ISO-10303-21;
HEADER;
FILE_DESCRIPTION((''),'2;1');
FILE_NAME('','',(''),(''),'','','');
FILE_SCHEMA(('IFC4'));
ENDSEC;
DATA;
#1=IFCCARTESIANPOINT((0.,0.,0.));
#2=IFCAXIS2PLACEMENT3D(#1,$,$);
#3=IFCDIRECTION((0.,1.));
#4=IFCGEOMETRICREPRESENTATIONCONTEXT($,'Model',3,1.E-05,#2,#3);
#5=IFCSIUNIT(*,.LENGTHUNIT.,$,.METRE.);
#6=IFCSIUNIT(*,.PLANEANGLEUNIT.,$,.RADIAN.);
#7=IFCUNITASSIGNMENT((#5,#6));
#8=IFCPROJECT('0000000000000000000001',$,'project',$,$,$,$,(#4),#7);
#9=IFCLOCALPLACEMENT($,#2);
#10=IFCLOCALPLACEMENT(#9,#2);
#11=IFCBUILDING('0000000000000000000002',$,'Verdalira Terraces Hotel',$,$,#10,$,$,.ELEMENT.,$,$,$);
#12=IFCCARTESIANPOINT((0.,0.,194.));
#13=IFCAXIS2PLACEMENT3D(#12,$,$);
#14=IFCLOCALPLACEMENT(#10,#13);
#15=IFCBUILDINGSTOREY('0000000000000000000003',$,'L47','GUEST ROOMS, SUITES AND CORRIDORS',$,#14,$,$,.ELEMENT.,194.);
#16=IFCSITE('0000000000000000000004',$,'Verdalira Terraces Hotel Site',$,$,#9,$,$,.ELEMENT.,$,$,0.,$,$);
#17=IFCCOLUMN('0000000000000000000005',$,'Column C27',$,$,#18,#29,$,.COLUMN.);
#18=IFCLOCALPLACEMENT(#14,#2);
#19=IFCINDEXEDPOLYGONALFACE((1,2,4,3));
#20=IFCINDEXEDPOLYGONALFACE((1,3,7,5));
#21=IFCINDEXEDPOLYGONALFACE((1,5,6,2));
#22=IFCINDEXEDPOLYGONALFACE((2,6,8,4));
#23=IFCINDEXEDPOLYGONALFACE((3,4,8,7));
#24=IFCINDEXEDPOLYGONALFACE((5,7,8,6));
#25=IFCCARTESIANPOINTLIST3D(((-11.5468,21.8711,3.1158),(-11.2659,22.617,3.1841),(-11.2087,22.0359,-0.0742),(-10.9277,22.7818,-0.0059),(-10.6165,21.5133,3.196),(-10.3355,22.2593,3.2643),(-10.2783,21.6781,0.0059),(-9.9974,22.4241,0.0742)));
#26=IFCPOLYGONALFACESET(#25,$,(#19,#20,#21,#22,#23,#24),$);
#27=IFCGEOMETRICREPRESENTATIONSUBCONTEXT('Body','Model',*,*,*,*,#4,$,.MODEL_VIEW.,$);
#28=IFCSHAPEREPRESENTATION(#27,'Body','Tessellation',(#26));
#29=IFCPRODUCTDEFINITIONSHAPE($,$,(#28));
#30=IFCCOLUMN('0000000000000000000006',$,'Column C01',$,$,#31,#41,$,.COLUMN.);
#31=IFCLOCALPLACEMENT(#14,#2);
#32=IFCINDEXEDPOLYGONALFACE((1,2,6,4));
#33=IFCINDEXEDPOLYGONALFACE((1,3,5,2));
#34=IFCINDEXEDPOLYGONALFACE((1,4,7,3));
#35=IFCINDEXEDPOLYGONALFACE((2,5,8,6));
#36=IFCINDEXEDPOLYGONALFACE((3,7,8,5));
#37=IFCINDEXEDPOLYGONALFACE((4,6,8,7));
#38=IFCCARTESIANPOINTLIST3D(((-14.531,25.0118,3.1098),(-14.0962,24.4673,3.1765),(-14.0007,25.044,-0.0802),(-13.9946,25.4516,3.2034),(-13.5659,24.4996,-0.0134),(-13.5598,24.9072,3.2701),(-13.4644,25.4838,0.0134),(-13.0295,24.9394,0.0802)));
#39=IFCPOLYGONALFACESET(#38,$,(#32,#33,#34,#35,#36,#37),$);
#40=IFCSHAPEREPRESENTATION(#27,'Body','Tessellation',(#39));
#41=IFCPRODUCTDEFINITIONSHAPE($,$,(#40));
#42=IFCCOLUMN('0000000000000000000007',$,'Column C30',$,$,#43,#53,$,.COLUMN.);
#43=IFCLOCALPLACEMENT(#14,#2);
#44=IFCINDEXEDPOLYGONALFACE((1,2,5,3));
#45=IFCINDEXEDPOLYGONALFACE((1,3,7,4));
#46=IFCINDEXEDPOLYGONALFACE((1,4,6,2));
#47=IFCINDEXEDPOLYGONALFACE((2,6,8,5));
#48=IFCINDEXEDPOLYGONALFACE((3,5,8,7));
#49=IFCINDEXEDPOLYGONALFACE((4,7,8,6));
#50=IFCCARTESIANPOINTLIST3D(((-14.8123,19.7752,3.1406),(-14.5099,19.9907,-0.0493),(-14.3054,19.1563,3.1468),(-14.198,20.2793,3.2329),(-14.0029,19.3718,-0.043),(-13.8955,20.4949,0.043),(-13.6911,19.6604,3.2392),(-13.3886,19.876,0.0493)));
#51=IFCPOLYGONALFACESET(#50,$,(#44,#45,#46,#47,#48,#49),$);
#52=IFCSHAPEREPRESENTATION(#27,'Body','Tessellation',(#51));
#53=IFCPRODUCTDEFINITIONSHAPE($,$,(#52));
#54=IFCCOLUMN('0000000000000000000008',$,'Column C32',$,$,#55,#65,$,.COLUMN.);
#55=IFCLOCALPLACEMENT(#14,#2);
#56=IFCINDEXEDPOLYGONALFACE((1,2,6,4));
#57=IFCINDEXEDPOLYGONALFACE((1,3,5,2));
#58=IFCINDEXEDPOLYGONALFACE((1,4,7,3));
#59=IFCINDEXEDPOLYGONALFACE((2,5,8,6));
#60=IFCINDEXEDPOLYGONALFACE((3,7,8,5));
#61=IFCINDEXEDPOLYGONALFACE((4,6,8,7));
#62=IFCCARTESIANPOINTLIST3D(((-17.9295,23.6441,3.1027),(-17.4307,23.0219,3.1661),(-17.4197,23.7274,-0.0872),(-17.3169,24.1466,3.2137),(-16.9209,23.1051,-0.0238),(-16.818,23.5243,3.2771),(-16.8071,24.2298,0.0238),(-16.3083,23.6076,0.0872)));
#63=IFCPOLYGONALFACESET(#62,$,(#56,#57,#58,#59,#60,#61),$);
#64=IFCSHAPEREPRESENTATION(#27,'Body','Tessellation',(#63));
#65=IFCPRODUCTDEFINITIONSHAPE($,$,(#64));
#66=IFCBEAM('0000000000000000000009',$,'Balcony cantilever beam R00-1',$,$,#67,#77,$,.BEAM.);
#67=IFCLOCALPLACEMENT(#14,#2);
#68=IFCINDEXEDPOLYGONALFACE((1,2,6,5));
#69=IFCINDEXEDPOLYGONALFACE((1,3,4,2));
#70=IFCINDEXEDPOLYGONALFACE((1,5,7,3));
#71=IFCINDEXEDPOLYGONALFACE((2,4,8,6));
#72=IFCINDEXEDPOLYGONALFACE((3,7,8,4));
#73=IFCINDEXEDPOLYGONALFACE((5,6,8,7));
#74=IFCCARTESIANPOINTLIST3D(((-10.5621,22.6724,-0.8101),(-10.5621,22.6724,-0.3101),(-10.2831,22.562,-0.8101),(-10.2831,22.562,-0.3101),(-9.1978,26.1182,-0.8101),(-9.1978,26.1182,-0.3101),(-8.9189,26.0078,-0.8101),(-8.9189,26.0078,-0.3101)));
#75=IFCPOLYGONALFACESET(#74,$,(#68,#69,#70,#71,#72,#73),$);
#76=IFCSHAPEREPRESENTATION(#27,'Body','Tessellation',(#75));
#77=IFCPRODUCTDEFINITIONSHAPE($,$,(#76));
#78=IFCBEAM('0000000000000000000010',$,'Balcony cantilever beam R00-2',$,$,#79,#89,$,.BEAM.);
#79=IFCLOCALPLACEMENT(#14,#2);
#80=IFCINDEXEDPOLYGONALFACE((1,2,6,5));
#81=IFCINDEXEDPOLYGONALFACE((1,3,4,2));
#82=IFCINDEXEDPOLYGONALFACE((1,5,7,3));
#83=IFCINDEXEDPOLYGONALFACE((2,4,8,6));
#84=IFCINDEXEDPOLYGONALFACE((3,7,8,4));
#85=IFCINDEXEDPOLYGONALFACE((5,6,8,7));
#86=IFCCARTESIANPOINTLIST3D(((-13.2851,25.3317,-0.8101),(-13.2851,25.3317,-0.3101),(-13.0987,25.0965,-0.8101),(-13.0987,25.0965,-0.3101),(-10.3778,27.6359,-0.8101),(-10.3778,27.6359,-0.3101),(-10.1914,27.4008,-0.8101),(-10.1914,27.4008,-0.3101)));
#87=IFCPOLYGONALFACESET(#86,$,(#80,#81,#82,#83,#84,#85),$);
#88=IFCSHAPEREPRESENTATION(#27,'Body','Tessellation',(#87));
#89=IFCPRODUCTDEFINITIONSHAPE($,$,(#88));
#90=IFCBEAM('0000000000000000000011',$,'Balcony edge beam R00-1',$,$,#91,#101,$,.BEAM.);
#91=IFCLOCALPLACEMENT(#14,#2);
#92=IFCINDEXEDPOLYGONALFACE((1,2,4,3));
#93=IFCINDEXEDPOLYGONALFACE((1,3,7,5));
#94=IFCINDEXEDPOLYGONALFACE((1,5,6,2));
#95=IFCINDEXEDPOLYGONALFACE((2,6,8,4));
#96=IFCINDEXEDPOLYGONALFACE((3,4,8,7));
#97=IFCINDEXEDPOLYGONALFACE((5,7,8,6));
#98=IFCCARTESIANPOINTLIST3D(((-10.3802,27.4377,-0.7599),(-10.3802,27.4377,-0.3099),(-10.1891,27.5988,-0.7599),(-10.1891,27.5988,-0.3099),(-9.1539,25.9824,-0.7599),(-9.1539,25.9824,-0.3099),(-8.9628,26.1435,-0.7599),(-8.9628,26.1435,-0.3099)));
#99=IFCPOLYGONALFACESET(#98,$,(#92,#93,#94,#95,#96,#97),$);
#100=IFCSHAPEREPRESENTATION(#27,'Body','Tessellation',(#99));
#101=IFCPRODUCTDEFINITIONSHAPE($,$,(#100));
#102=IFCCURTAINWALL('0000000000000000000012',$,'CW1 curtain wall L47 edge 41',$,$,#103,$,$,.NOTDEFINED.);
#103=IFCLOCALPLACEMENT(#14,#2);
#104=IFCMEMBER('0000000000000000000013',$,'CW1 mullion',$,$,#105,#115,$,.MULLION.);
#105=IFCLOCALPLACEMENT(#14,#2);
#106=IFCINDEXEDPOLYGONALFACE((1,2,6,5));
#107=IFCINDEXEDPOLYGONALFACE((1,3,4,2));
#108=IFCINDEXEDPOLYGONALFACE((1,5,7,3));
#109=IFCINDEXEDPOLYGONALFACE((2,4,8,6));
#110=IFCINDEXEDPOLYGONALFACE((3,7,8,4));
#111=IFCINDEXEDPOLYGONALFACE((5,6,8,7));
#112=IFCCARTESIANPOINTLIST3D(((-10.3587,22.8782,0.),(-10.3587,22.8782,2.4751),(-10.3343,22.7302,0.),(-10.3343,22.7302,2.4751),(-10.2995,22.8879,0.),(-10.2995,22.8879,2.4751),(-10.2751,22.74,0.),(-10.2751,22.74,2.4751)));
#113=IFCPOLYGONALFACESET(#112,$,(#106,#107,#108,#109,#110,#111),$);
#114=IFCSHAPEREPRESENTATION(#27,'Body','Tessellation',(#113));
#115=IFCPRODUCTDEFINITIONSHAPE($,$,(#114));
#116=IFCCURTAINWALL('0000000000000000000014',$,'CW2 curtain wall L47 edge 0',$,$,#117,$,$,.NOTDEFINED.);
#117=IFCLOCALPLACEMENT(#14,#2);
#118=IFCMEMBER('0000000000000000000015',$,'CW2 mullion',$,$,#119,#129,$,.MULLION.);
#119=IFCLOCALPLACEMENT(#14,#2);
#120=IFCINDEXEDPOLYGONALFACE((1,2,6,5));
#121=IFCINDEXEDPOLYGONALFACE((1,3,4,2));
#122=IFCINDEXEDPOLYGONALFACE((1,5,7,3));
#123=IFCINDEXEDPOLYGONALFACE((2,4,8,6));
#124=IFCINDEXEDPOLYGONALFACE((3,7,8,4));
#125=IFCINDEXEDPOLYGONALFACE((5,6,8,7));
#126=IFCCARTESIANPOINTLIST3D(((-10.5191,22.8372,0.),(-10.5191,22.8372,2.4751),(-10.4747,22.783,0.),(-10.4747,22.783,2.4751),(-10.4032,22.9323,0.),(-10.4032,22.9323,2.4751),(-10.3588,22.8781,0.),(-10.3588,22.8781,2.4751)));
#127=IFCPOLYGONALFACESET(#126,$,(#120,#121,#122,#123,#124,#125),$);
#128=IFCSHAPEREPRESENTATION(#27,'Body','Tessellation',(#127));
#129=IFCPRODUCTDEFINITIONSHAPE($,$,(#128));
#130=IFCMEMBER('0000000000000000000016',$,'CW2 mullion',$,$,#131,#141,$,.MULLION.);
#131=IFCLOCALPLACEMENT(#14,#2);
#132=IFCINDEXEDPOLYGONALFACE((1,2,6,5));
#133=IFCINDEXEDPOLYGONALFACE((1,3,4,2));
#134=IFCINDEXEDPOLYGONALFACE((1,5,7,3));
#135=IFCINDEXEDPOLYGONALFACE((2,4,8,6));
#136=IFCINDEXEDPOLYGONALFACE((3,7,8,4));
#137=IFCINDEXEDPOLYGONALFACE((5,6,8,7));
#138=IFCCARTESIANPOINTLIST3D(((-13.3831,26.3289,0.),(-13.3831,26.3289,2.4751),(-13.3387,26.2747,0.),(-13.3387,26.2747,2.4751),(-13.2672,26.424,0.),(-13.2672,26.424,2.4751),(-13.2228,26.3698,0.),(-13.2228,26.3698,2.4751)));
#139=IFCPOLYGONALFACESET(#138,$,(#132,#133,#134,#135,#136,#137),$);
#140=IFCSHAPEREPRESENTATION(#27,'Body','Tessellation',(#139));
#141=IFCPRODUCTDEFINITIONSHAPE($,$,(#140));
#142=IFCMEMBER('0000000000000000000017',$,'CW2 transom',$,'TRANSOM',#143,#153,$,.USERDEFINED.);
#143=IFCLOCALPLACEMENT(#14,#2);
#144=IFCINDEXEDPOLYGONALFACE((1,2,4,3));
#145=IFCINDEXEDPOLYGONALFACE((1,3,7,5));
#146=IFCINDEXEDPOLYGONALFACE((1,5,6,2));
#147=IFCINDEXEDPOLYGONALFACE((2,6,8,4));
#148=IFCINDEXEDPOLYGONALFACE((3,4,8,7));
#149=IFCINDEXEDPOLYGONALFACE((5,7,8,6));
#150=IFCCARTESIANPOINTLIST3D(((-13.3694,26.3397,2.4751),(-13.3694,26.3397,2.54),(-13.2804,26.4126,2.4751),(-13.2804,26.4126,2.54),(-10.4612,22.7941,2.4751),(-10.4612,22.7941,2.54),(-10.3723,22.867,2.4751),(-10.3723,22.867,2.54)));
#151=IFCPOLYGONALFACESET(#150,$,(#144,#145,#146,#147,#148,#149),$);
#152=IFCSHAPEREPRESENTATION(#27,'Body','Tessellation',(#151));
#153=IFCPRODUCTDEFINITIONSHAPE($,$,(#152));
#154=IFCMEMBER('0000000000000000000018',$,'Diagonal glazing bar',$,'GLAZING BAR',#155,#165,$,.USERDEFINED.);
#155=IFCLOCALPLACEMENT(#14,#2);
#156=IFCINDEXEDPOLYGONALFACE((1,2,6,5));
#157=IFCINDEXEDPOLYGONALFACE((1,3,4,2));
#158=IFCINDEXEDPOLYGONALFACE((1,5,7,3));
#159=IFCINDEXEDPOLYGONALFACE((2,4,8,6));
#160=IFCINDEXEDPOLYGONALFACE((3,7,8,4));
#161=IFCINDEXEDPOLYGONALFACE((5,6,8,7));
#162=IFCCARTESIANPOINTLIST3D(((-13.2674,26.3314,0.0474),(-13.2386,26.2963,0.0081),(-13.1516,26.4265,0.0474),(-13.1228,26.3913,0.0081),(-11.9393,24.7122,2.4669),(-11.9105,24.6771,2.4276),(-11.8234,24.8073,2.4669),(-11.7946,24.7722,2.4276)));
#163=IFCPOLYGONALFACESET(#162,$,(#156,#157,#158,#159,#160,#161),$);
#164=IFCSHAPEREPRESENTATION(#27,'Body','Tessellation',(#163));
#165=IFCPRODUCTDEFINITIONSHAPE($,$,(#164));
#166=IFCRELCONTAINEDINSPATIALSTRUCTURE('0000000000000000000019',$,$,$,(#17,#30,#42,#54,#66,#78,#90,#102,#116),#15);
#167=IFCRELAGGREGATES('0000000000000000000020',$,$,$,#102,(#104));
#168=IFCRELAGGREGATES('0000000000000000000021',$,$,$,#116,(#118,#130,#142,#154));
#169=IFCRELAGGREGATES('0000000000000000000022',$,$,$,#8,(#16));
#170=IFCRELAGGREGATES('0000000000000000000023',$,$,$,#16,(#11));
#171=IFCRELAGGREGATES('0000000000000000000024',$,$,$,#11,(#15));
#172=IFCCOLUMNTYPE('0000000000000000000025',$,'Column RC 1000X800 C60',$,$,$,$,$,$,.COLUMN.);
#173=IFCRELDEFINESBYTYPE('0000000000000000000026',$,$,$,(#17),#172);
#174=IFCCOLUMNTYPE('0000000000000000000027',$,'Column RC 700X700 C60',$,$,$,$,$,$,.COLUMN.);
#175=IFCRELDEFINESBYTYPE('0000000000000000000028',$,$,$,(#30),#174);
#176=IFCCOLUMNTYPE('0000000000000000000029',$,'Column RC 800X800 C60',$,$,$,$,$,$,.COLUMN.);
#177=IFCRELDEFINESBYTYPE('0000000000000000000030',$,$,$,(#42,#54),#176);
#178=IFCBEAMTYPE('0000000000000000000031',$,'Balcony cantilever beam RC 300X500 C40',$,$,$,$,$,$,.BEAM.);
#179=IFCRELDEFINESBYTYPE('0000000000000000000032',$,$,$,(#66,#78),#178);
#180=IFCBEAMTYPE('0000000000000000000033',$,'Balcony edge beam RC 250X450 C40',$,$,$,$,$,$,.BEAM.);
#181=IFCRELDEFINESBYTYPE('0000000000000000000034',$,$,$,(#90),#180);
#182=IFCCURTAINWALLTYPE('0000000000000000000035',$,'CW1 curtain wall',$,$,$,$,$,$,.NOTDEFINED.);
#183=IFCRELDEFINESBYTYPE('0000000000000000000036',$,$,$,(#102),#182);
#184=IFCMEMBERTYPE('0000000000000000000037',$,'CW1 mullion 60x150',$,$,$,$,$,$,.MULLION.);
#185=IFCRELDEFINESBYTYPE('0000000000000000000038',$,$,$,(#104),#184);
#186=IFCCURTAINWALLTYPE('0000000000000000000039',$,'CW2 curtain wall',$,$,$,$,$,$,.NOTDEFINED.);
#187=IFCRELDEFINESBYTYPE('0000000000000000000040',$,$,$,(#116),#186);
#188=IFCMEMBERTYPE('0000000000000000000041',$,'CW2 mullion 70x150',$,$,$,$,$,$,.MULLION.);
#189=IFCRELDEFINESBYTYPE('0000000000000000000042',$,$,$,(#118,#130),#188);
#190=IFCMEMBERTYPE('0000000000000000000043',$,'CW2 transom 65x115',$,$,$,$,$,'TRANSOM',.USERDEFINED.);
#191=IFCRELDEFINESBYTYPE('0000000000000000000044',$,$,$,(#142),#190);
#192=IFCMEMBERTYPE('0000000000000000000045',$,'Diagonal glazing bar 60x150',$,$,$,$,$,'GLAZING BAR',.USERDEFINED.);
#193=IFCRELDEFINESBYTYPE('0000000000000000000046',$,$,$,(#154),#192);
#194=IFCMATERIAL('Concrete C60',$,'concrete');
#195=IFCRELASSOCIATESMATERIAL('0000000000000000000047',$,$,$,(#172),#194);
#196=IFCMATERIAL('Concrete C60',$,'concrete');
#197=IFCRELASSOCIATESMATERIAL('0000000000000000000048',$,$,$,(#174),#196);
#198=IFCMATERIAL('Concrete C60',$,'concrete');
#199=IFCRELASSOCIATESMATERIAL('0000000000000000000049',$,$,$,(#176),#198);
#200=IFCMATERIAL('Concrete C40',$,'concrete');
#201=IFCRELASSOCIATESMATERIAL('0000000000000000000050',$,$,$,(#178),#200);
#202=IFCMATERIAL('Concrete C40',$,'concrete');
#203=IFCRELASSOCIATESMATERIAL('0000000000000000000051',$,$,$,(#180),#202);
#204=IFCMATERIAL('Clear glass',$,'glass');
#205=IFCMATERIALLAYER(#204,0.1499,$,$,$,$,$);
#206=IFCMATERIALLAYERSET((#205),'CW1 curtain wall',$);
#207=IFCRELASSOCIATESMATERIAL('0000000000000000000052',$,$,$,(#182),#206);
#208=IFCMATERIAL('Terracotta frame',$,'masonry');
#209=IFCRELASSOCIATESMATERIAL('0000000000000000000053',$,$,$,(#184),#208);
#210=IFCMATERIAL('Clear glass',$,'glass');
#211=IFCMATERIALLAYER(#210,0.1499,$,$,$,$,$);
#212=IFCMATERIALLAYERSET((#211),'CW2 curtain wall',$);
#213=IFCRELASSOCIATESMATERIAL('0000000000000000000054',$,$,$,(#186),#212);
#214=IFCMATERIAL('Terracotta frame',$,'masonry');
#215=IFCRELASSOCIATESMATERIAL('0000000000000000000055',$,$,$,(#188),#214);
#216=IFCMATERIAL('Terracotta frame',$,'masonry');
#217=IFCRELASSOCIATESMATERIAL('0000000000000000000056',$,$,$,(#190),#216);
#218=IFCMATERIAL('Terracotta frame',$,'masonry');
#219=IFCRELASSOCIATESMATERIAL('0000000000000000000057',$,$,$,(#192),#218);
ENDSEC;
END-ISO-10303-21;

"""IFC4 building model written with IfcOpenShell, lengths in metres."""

from ifc_helpers import new_model, si_unit, direction, frame, origin, origin_2d, place, context, subcontext, project, spatial, rectangle, extrude, material, layer, layer_set, material_profile, profile_set, type_object, element, aggregate, save


model = new_model("IFC4")

# Units and contexts
model_context = context("Model", 3, precision=1e-05, world=origin(), true_north=direction((0.0, 1.0)))
body_context = subcontext(model_context, "Body", "Model", "MODEL_VIEW")
ifc_project = project(units=[si_unit("LENGTHUNIT", "METRE"), si_unit("PLANEANGLEUNIT", "RADIAN")], contexts=[model_context])

# Site, building, storey
site_placement = place(None, origin())
site = spatial("IfcSite", under=ifc_project, at=site_placement, Name="Verdalira Terraces Hotel Site", CompositionType="ELEMENT", RefElevation=0.0)
building_placement = place(site_placement, origin())
building = spatial("IfcBuilding", under=site, at=building_placement, Name="Verdalira Terraces Hotel", CompositionType="ELEMENT")
storey_placement = place(building_placement, frame((0.0, 0.0, 194.0)))
storey = spatial("IfcBuildingStorey", under=building, at=storey_placement, Name="L47", Description="GUEST ROOMS, SUITES AND CORRIDORS", CompositionType="ELEMENT", Elevation=194.0)

# Columns
ifc_material_1 = material(Name="Concrete C60", Category="concrete")
ifc_material_profile_1 = material_profile(ifc_material_1, rectangle(XDim=1.0, YDim=0.8, at=origin_2d()), Name="RC 1000X800")
ifc_profile_set_1 = profile_set([ifc_material_profile_1], Name="Concrete C60")
column_type_1 = type_object("IfcColumnType", Name="Column RC 1000X800 C60", PredefinedType="COLUMN", material=ifc_profile_set_1)
column_1_placement = place(storey_placement, frame((-10.603, 22.23, 0.0), z_axis=(-0.105271, -0.051305, 0.993119), x_axis=(0.930381, -0.357727, 0.08014)))
element("IfcColumn", 1, at=column_1_placement, inside=storey, type_object=column_type_1, Name="Column C27", PredefinedType="COLUMN", context=body_context, shape_type="SweptSolid", body=[
    extrude(rectangle(XDim=1.0, YDim=0.8, at=origin_2d()), origin(), (0.0, 0.0, 1.0), 3.2122),
])
ifc_material_2 = material(Name="Concrete C60", Category="concrete")
ifc_material_profile_2 = material_profile(ifc_material_2, rectangle(XDim=0.7, YDim=0.7, at=origin_2d()), Name="RC 700X700")
ifc_profile_set_2 = profile_set([ifc_material_profile_2], Name="Concrete C60")
column_type_2 = type_object("IfcColumnType", Name="Column RC 700X700 C60", PredefinedType="COLUMN", material=ifc_profile_set_2)
column_2_placement = place(storey_placement, frame((-13.5151, 24.9917, 0.0), z_axis=(-0.163975, -0.009965, 0.986414), x_axis=(-0.621202, 0.777821, -0.095406)))
element("IfcColumn", 2, at=column_2_placement, inside=storey, type_object=column_type_2, Name="Column C01", PredefinedType="COLUMN", context=body_context, shape_type="SweptSolid", body=[
    extrude(rectangle(XDim=0.7, YDim=0.7, at=origin_2d()), origin(), (0.0, 0.0, 1.0), 3.2339),
])
ifc_material_3 = material(Name="Concrete C60", Category="concrete")
ifc_material_profile_3 = material_profile(ifc_material_3, rectangle(XDim=0.8, YDim=0.8, at=origin_2d()), Name="RC 800X800")
ifc_profile_set_3 = profile_set([ifc_material_profile_3], Name="Concrete C60")
column_type_3 = type_object("IfcColumnType", Name="Column RC 800X800 C60", PredefinedType="COLUMN", material=ifc_profile_set_3)
column_3_placement = place(storey_placement, frame((-13.9492, 19.9334, 0.0), z_axis=(-0.09419, -0.067126, 0.993289), x_axis=(-0.63364, 0.773589, -0.007807)))
element("IfcColumn", 3, at=column_3_placement, inside=storey, type_object=column_type_3, Name="Column C30", PredefinedType="COLUMN", context=body_context, shape_type="SweptSolid", body=[
    extrude(rectangle(XDim=0.8, YDim=0.8, at=origin_2d()), origin(), (0.0, 0.0, 1.0), 3.2114),
])
column_4_placement = place(storey_placement, frame((-16.864, 23.6675, 0.0), z_axis=(-0.157749, -0.025763, 0.987143), x_axis=(-0.623532, 0.777761, -0.079345)))
element("IfcColumn", 4, at=column_4_placement, inside=storey, type_object=column_type_3, Name="Column C32", PredefinedType="COLUMN", context=body_context, shape_type="SweptSolid", body=[
    extrude(rectangle(XDim=0.8, YDim=0.8, at=origin_2d()), origin(), (0.0, 0.0, 1.0), 3.2314),
])

# Beams
ifc_material_4 = material(Name="Concrete C40", Category="concrete")
ifc_material_profile_4 = material_profile(ifc_material_4, rectangle(XDim=0.3, YDim=0.5, at=origin_2d()), Name="RC 300X500")
ifc_profile_set_4 = profile_set([ifc_material_profile_4], Name="Concrete C40")
beam_type_1 = type_object("IfcBeamType", Name="Balcony cantilever beam RC 300X500 C40", PredefinedType="BEAM", material=ifc_profile_set_4)
beam_1_placement = place(storey_placement, frame((-10.4226, 22.6172, -0.5601), z_axis=(0.368117, 0.929779, 0.0), x_axis=(-0.929779, 0.368117, 0.0)))
element("IfcBeam", 5, at=beam_1_placement, inside=storey, type_object=beam_type_1, Name="Balcony cantilever beam R00-1", PredefinedType="BEAM", context=body_context, shape_type="SweptSolid", body=[
    extrude(rectangle(XDim=0.3, YDim=0.5, at=origin_2d()), origin(), (0.0, 0.0, 1.0), 3.7061),
])
beam_2_placement = place(storey_placement, frame((-13.1919, 25.2141, -0.5601), z_axis=(0.783699, 0.621141, 0.0), x_axis=(-0.621141, 0.783699, 0.0)))
element("IfcBeam", 6, at=beam_2_placement, inside=storey, type_object=beam_type_1, Name="Balcony cantilever beam R00-2", PredefinedType="BEAM", context=body_context, shape_type="SweptSolid", body=[
    extrude(rectangle(XDim=0.3, YDim=0.5, at=origin_2d()), origin(), (0.0, 0.0, 1.0), 3.7097),
])
ifc_material_5 = material(Name="Concrete C40", Category="concrete")
ifc_material_profile_5 = material_profile(ifc_material_5, rectangle(XDim=0.25, YDim=0.45, at=origin_2d()), Name="RC 250X450")
ifc_profile_set_5 = profile_set([ifc_material_profile_5], Name="Concrete C40")
beam_type_2 = type_object("IfcBeamType", Name="Balcony edge beam RC 250X450 C40", PredefinedType="BEAM", material=ifc_profile_set_5)
beam_3_placement = place(storey_placement, frame((-9.0584, 26.063, -0.5349), z_axis=(-0.644377, 0.764708, 0.0), x_axis=(-0.764708, -0.644377, 0.0)))
element("IfcBeam", 7, at=beam_3_placement, inside=storey, type_object=beam_type_2, Name="Balcony edge beam R00-1", PredefinedType="BEAM", context=body_context, shape_type="SweptSolid", body=[
    extrude(rectangle(XDim=0.25, YDim=0.45, at=origin_2d()), origin(), (0.0, 0.0, 1.0), 1.9031),
])

# Curtain wall, member
ifc_material_6 = material(Name="Clear glass", Category="glass")
ifc_layer_1 = layer(ifc_material_6, 0.1499)
ifc_layer_set_1 = layer_set([ifc_layer_1], Name="CW1 curtain wall")
curtain_wall_type_1 = type_object("IfcCurtainWallType", Name="CW1 curtain wall", PredefinedType="NOTDEFINED", material=ifc_layer_set_1)
curtain_wall_1_placement = place(storey_placement, origin())
curtain_wall_1 = element("IfcCurtainWall", 8, at=curtain_wall_1_placement, inside=storey, type_object=curtain_wall_type_1, Name="CW1 curtain wall L47 edge 41", PredefinedType="NOTDEFINED")
ifc_material_7 = material(Name="Terracotta frame", Category="masonry")
ifc_material_profile_6 = material_profile(ifc_material_7, rectangle(XDim=0.0601, YDim=0.1499, at=origin_2d()), Name="MU 60x150")
ifc_profile_set_6 = profile_set([ifc_material_profile_6], Name="Terracotta frame")
member_type_1 = type_object("IfcMemberType", Name="CW1 mullion 60x150", PredefinedType="MULLION", material=ifc_profile_set_6)
member_1_placement = place(storey_placement, frame((-10.3169, 22.8091, 0.0), z_axis=(0.0, 0.0, 1.0), x_axis=(-0.986686, -0.162637, 0.0)))
member_1 = element("IfcMember", 9, at=member_1_placement, type_object=member_type_1, Name="CW1 mullion", PredefinedType="MULLION", context=body_context, shape_type="SweptSolid", body=[
    extrude(rectangle(XDim=0.0601, YDim=0.1499, at=origin_2d()), origin(), (0.0, 0.0, 1.0), 2.4751),
])
aggregate(curtain_wall_1, [member_1])

# Curtain wall, members
ifc_material_8 = material(Name="Clear glass", Category="glass")
ifc_layer_2 = layer(ifc_material_8, 0.1499)
ifc_layer_set_2 = layer_set([ifc_layer_2], Name="CW2 curtain wall")
curtain_wall_type_2 = type_object("IfcCurtainWallType", Name="CW2 curtain wall", PredefinedType="NOTDEFINED", material=ifc_layer_set_2)
curtain_wall_2_placement = place(storey_placement, origin())
curtain_wall_2 = element("IfcCurtainWall", 10, at=curtain_wall_2_placement, inside=storey, type_object=curtain_wall_type_2, Name="CW2 curtain wall L47 edge 0", PredefinedType="NOTDEFINED")
ifc_material_9 = material(Name="Terracotta frame", Category="masonry")
ifc_material_profile_7 = material_profile(ifc_material_9, rectangle(XDim=0.0701, YDim=0.1499, at=origin_2d()), Name="MU 70x150")
ifc_profile_set_7 = profile_set([ifc_material_profile_7], Name="Terracotta frame")
member_type_2 = type_object("IfcMemberType", Name="CW2 mullion 70x150", PredefinedType="MULLION", material=ifc_profile_set_7)
member_2_placement = place(storey_placement, frame((-10.439, 22.8577, 0.0), z_axis=(0.0, 0.0, 1.0), x_axis=(-0.634191, 0.773177, 0.0)))
member_2 = element("IfcMember", 11, at=member_2_placement, type_object=member_type_2, Name="CW2 mullion", PredefinedType="MULLION", context=body_context, shape_type="SweptSolid", body=[
    extrude(rectangle(XDim=0.0701, YDim=0.1499, at=origin_2d()), origin(), (0.0, 0.0, 1.0), 2.4751),
])
member_3_placement = place(storey_placement, frame((-13.303, 26.3494, 0.0), z_axis=(0.0, 0.0, 1.0), x_axis=(-0.634191, 0.773177, 0.0)))
member_3 = element("IfcMember", 12, at=member_3_placement, type_object=member_type_2, Name="CW2 mullion", PredefinedType="MULLION", context=body_context, shape_type="SweptSolid", body=[
    extrude(rectangle(XDim=0.0701, YDim=0.1499, at=origin_2d()), origin(), (0.0, 0.0, 1.0), 2.4751),
])
ifc_material_10 = material(Name="Terracotta frame", Category="masonry")
ifc_material_profile_8 = material_profile(ifc_material_10, rectangle(XDim=0.115, YDim=0.0649, at=origin_2d()), Name="TR 65x115")
ifc_profile_set_8 = profile_set([ifc_material_profile_8], Name="Terracotta frame")
member_type_3 = type_object("IfcMemberType", Name="CW2 transom 65x115", ElementType="TRANSOM", PredefinedType="USERDEFINED", material=ifc_profile_set_8)
member_4_placement = place(storey_placement, frame((-10.4167, 22.8306, 2.5076), z_axis=(-0.63418, 0.773186, 0.0), x_axis=(-0.773186, -0.63418, 0.0)))
member_4 = element("IfcMember", 13, at=member_4_placement, type_object=member_type_3, Name="CW2 transom", ObjectType="TRANSOM", PredefinedType="USERDEFINED", context=body_context, shape_type="SweptSolid", body=[
    extrude(rectangle(XDim=0.115, YDim=0.0649, at=origin_2d()), origin(), (0.0, 0.0, 1.0), 4.5857),
])
ifc_material_11 = material(Name="Terracotta frame", Category="masonry")
ifc_material_profile_9 = material_profile(ifc_material_11, rectangle(XDim=0.1499, YDim=0.0601, at=origin_2d()), Name="GB 60x150")
ifc_profile_set_9 = profile_set([ifc_material_profile_9], Name="Terracotta frame")
member_type_4 = type_object("IfcMemberType", Name="Diagonal glazing bar 60x150", ElementType="GLAZING BAR", PredefinedType="USERDEFINED", material=ifc_profile_set_9)
member_5_placement = place(storey_placement, frame((-11.8669, 24.7422, 2.4473), z_axis=(-0.415055, 0.506001, -0.756103), x_axis=(-0.773167, -0.634202, 0.0)))
member_5 = element("IfcMember", 14, at=member_5_placement, type_object=member_type_4, Name="Diagonal glazing bar", ObjectType="GLAZING BAR", PredefinedType="USERDEFINED", context=body_context, shape_type="SweptSolid", body=[
    extrude(rectangle(XDim=0.1499, YDim=0.0601, at=origin_2d()), origin(), (0.0, 0.0, 1.0), 3.2),
])

aggregate(curtain_wall_2, [member_2, member_3, member_4, member_5])

save(model, "model.ifc")
